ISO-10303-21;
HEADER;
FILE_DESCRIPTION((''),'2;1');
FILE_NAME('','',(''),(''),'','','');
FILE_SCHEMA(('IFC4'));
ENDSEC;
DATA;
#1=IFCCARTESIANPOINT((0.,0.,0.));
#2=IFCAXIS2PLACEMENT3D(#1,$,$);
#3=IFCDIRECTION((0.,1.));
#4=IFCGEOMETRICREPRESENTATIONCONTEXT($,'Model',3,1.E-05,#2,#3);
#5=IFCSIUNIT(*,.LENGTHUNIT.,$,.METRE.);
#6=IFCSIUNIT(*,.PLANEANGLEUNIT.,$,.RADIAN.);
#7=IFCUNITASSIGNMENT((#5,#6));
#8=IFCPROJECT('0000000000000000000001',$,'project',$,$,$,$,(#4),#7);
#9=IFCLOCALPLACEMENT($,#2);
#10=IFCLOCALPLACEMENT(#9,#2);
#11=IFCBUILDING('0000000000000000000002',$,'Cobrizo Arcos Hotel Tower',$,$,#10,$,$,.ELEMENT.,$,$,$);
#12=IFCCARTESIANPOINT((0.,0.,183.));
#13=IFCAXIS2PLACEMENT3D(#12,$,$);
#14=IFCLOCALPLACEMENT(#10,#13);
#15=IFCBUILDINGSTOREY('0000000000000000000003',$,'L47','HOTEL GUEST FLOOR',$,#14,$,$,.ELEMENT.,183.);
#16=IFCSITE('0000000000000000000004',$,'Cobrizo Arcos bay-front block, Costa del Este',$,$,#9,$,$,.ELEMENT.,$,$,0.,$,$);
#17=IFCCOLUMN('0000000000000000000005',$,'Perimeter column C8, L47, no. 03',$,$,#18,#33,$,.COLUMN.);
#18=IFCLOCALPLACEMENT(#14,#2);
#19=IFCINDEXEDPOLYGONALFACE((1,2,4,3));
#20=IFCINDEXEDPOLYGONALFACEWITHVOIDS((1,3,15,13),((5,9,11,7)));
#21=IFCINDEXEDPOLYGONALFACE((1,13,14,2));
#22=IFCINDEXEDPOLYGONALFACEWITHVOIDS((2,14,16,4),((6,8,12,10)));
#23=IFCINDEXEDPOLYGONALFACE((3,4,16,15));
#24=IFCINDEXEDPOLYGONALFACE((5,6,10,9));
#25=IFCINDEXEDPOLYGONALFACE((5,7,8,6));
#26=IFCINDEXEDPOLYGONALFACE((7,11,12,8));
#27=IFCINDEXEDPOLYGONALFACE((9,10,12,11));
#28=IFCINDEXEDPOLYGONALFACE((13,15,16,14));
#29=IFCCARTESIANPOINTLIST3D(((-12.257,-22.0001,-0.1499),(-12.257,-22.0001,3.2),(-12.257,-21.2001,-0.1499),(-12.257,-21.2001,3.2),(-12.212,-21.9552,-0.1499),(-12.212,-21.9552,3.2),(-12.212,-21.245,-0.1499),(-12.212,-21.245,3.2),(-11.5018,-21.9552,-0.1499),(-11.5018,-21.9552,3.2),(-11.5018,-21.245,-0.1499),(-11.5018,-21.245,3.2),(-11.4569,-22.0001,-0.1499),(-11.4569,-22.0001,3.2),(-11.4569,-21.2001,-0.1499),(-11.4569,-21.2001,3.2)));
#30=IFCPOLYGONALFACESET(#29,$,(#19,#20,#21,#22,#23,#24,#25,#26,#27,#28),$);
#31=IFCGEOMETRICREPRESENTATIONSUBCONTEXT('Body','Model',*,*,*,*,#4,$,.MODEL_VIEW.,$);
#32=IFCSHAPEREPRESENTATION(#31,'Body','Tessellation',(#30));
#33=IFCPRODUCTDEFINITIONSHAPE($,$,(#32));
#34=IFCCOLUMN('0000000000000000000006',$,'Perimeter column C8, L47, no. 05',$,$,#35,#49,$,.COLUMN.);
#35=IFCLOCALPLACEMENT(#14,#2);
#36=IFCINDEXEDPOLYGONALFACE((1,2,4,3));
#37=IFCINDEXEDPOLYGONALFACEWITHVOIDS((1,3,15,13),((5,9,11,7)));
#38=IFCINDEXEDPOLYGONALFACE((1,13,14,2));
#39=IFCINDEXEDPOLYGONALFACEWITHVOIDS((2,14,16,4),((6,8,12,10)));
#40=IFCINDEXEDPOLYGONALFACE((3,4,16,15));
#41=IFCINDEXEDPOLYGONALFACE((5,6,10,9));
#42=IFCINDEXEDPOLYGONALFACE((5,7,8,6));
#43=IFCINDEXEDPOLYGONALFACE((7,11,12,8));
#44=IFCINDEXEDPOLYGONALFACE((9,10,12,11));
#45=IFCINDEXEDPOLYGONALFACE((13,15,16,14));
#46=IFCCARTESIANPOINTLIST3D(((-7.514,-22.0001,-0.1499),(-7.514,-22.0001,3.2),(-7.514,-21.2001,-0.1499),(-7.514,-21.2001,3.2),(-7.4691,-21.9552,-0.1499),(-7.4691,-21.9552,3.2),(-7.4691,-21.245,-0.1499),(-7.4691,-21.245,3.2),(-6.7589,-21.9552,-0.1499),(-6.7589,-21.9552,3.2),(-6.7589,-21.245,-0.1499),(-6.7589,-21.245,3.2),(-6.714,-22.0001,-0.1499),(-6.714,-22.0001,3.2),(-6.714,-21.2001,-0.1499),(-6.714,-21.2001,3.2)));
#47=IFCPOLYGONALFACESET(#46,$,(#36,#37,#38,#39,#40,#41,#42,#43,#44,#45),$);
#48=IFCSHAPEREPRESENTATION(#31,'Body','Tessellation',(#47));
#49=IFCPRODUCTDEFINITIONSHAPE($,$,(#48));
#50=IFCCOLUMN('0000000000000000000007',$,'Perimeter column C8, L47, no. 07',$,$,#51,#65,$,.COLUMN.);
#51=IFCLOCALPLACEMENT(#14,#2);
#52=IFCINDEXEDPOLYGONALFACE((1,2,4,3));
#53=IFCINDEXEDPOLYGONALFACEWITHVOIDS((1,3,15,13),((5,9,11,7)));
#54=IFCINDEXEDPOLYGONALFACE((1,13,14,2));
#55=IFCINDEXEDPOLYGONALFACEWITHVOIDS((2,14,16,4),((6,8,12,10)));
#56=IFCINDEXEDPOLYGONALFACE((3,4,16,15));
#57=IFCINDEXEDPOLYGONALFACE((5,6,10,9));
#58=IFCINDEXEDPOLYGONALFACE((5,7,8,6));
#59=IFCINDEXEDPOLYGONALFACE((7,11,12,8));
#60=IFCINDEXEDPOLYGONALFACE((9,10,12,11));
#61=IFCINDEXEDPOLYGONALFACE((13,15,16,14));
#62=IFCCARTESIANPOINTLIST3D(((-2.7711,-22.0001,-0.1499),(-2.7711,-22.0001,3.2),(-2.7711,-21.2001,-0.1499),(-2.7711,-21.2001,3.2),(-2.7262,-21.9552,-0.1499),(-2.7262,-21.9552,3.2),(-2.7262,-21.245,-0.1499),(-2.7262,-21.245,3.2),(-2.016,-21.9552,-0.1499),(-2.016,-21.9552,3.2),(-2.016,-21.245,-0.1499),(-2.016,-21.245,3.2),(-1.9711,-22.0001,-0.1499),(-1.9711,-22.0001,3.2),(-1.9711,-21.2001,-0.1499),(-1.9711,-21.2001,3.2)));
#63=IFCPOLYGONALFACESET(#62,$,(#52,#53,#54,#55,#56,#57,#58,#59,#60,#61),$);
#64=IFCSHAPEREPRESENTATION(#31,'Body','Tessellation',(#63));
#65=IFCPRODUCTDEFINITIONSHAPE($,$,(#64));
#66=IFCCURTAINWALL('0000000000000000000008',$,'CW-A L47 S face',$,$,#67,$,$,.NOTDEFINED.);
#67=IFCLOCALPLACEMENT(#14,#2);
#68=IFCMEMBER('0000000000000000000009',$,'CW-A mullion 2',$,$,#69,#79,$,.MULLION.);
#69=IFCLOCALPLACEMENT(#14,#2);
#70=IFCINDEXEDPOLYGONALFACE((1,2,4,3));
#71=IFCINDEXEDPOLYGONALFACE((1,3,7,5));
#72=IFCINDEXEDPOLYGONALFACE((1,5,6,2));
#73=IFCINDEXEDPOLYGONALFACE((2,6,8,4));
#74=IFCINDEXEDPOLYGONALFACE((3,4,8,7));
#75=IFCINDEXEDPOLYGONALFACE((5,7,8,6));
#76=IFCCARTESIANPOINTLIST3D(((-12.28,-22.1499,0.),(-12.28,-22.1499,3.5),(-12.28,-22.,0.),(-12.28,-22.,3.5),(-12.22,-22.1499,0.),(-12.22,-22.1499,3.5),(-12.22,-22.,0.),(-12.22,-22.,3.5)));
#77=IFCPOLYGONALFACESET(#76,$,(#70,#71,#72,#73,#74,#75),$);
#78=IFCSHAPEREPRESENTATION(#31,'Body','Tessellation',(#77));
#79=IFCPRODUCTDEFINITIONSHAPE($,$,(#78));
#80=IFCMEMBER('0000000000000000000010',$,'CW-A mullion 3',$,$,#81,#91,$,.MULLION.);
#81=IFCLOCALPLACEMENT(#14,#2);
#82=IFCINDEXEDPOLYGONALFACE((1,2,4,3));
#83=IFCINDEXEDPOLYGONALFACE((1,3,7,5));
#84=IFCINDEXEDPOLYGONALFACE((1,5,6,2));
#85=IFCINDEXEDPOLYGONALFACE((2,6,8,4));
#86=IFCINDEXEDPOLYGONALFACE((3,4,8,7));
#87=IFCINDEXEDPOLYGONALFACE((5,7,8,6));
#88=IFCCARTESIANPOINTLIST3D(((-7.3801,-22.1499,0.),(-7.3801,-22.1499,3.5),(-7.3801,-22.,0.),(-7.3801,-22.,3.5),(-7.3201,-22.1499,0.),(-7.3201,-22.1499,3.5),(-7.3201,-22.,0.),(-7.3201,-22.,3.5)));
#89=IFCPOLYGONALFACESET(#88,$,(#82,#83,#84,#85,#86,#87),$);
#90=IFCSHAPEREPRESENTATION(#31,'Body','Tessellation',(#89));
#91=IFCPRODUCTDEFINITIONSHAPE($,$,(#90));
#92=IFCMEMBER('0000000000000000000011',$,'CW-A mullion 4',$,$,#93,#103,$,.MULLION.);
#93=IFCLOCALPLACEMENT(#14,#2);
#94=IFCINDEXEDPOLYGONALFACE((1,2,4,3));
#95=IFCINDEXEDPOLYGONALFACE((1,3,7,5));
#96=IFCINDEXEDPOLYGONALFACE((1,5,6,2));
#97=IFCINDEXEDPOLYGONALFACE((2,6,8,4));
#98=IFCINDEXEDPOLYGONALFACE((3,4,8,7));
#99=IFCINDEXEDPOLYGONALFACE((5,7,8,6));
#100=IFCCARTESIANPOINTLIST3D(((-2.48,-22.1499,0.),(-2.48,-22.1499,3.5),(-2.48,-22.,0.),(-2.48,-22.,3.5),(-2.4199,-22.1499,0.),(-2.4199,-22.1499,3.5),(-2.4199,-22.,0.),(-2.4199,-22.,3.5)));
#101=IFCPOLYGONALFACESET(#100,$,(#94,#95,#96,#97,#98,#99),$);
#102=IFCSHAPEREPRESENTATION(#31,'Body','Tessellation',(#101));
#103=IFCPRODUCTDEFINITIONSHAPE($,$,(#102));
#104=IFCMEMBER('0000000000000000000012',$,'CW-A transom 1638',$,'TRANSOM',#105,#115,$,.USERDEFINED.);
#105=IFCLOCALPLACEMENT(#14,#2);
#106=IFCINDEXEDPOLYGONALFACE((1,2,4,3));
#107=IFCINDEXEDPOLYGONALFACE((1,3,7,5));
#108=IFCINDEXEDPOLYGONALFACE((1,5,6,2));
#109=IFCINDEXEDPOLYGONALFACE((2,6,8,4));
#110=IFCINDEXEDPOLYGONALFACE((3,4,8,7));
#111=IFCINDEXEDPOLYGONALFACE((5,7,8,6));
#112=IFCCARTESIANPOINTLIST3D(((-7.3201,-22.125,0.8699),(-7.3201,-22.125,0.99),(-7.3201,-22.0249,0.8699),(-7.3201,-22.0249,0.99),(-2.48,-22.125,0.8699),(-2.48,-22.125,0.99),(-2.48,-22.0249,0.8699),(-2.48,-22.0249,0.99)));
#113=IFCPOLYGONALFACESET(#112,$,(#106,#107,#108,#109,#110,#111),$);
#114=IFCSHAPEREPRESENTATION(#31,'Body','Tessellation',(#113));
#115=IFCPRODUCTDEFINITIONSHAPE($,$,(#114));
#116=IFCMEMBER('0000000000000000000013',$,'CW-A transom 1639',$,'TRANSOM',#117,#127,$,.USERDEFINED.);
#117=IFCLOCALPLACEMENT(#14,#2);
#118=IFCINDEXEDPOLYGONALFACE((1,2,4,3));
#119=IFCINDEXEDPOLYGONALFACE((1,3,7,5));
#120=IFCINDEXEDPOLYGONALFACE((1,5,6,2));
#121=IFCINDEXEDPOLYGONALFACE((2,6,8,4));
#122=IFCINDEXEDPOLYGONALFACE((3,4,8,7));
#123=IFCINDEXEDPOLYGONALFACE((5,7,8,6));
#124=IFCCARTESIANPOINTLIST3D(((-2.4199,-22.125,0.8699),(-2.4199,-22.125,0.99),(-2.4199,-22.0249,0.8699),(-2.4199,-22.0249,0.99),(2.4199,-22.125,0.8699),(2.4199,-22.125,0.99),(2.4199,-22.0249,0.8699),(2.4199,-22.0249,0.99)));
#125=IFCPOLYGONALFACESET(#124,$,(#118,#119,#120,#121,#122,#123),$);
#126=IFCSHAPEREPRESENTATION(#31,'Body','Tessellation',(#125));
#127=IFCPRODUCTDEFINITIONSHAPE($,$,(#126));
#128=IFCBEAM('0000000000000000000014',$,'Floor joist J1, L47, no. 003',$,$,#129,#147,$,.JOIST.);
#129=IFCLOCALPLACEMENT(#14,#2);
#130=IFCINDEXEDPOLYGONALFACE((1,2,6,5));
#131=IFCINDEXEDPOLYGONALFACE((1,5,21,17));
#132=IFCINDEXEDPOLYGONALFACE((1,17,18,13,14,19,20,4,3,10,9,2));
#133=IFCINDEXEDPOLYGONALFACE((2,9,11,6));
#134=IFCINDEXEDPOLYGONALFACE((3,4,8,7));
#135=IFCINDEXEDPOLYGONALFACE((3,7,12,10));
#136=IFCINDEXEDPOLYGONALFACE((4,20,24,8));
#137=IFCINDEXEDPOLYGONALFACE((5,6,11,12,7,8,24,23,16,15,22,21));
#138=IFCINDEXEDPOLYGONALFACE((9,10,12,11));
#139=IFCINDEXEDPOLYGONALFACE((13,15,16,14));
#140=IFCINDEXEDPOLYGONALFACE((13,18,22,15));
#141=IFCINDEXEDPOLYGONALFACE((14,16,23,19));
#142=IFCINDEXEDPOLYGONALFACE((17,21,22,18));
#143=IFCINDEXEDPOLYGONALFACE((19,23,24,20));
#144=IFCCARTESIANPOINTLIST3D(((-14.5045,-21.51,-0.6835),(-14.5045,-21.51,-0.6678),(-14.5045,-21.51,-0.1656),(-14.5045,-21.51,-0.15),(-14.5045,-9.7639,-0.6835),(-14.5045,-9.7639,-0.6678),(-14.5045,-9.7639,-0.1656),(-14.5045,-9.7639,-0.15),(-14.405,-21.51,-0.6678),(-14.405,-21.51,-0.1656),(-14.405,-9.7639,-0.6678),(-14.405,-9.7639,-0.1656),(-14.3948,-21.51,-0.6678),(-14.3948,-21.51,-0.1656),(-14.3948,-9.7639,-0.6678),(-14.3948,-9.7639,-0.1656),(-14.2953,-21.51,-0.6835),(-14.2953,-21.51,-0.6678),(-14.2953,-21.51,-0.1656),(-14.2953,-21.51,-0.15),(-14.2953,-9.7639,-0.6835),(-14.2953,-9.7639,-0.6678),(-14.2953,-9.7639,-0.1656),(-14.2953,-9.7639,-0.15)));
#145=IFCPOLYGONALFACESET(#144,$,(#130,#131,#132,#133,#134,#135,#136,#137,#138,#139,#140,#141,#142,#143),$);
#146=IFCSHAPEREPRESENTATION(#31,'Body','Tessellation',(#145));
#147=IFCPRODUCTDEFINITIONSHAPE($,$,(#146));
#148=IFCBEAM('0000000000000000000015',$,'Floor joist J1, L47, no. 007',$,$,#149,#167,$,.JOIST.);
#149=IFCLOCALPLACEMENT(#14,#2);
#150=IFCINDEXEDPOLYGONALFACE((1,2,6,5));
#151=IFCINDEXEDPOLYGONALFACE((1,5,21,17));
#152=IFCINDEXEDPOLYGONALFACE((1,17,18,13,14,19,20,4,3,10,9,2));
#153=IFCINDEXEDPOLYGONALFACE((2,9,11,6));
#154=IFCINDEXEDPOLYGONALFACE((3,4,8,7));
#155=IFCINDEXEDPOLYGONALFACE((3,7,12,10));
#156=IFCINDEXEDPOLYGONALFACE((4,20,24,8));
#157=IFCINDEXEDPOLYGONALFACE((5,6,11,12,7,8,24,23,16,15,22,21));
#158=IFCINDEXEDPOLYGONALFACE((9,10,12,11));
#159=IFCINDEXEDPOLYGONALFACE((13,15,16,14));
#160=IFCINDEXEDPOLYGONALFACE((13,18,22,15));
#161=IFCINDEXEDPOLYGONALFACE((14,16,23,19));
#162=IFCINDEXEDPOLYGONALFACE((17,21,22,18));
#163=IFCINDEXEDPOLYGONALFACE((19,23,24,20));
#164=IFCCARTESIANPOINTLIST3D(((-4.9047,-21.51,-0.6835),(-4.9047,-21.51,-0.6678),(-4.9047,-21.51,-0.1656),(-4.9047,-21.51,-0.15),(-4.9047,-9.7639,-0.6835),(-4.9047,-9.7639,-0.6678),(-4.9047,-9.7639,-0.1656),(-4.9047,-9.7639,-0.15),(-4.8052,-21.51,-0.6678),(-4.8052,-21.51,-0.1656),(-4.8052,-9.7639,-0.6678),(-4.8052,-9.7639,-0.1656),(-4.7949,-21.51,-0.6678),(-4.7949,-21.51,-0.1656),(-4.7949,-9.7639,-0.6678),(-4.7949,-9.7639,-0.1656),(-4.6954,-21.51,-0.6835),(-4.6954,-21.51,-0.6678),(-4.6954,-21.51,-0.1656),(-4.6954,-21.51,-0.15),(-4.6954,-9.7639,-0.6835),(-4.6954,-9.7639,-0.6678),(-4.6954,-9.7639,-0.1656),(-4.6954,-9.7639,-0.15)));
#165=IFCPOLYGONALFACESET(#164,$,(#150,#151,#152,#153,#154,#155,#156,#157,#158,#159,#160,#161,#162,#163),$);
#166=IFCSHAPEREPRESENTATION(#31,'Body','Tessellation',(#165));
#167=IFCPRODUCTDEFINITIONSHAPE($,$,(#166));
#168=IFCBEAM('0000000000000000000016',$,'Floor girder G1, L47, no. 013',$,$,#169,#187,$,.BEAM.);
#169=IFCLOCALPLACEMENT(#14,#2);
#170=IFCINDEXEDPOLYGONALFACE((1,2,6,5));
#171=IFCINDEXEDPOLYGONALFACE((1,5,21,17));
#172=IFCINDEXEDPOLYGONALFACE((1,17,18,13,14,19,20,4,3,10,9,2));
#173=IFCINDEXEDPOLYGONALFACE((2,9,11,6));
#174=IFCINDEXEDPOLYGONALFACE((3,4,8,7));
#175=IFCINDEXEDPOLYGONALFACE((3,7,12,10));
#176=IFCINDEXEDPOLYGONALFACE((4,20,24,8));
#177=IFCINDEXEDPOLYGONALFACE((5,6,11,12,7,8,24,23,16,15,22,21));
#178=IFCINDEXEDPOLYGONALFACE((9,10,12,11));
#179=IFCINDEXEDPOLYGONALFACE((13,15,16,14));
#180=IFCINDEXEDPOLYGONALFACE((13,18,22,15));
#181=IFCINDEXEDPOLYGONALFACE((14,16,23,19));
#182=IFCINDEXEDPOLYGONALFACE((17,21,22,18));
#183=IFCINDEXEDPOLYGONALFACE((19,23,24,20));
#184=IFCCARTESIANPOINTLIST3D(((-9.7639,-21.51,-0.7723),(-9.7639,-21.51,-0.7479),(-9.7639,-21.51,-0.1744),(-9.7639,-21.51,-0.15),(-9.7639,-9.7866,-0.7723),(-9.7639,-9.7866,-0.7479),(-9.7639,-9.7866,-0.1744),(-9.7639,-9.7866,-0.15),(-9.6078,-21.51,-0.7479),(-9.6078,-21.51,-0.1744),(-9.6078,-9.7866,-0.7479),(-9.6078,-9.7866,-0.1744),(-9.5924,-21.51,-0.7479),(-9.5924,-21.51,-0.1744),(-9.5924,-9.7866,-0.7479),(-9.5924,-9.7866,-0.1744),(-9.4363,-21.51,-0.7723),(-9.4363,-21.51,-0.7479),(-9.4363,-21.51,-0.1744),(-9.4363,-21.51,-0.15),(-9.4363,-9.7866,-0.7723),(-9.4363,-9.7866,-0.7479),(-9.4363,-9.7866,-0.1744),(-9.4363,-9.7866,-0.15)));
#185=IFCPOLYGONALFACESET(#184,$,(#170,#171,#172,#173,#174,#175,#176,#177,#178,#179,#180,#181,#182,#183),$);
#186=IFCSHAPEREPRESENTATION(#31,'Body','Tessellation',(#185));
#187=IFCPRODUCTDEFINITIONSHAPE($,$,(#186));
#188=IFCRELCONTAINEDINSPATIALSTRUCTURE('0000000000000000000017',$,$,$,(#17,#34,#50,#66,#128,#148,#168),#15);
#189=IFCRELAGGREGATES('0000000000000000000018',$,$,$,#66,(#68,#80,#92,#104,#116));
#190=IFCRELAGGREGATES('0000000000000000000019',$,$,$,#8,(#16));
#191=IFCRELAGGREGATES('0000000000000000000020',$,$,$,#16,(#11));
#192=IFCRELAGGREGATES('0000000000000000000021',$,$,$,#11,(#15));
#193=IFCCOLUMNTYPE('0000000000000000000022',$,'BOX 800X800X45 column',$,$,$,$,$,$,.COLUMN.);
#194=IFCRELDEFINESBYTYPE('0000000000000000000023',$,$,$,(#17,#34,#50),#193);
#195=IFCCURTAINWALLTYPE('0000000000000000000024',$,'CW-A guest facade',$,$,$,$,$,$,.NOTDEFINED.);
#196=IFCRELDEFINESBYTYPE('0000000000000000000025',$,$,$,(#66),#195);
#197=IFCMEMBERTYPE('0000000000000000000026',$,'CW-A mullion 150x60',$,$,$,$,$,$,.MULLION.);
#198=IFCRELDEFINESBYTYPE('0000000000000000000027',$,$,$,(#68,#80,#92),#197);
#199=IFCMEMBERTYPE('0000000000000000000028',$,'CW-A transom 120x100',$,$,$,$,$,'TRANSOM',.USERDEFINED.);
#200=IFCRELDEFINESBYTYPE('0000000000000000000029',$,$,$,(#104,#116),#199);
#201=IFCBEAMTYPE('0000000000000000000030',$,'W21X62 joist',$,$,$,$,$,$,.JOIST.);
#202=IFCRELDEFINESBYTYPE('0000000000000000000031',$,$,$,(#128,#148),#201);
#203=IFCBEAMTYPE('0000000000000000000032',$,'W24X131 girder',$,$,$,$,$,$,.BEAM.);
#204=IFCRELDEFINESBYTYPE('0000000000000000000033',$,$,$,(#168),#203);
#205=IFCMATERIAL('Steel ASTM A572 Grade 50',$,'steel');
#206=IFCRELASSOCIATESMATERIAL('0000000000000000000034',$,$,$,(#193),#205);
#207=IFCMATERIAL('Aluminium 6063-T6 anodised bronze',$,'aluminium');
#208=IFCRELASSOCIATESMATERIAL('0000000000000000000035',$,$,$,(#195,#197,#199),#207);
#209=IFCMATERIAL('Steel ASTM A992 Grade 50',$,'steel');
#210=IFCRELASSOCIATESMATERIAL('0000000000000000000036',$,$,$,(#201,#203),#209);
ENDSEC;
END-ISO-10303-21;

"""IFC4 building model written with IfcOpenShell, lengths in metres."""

from ifc_helpers import new_model, si_unit, direction, frame, origin, origin_2d, place, context, subcontext, project, spatial, rectangle, hollow_rectangle, i_section, extrude, material, material_profile, profile_set, type_object, element, aggregate, save


model = new_model("IFC4")

# Units and contexts
model_context = context("Model", 3, precision=1e-05, world=origin(), true_north=direction((0.0, 1.0)))
body_context = subcontext(model_context, "Body", "Model", "MODEL_VIEW")
ifc_project = project(units=[si_unit("LENGTHUNIT", "METRE"), si_unit("PLANEANGLEUNIT", "RADIAN")], contexts=[model_context])

# Site, building, storey
site_placement = place(None, origin())
site = spatial("IfcSite", under=ifc_project, at=site_placement, Name="Cobrizo Arcos bay-front block, Costa del Este", CompositionType="ELEMENT", RefElevation=0.0)
building_placement = place(site_placement, origin())
building = spatial("IfcBuilding", under=site, at=building_placement, Name="Cobrizo Arcos Hotel Tower", CompositionType="ELEMENT")
storey_placement = place(building_placement, frame((0.0, 0.0, 183.0)))
storey = spatial("IfcBuildingStorey", under=building, at=storey_placement, Name="L47", Description="HOTEL GUEST FLOOR", CompositionType="ELEMENT", Elevation=183.0)

# Columns
ifc_material_1 = material(Name="Steel ASTM A572 Grade 50", Category="steel")
ifc_material_profile_1 = material_profile(ifc_material_1, hollow_rectangle(XDim=0.8, YDim=0.8, WallThickness=0.0449, at=origin_2d()), Name="BOX 800X800X45")
ifc_profile_set_1 = profile_set([ifc_material_profile_1], Name="Steel ASTM A572 Grade 50")
column_type = type_object("IfcColumnType", Name="BOX 800X800X45 column", PredefinedType="COLUMN", material=ifc_profile_set_1)
for number, where, z_axis, x_axis, name in (
    (1, (-11.8569, -21.6001, -0.1499), (0.0, 0.0, 1.0), (1.0, 0.0, 0.0), "Perimeter column C8, L47, no. 03"),
    (2, (-7.114, -21.6001, -0.1499), (0.0, 0.0, 1.0), (1.0, 0.0, 0.0), "Perimeter column C8, L47, no. 05"),
    (3, (-2.3711, -21.6001, -0.1499), (0.0, 0.0, 1.0), (1.0, 0.0, 0.0), "Perimeter column C8, L47, no. 07"),
):
    element("IfcColumn", number, at=place(storey_placement, frame(where, z_axis=z_axis, x_axis=x_axis)), inside=storey, type_object=column_type, Name=name, PredefinedType="COLUMN", context=body_context, shape_type="SweptSolid", body=[
        extrude(hollow_rectangle(XDim=0.8, YDim=0.8, WallThickness=0.0449, at=origin_2d()), origin(), (0.0, 0.0, 1.0), 3.3499),
    ])

# Curtain wall, members
ifc_material_2 = material(Name="Aluminium 6063-T6 anodised bronze", Category="aluminium")
curtain_wall_type = type_object("IfcCurtainWallType", Name="CW-A guest facade", PredefinedType="NOTDEFINED", material=ifc_material_2)
curtain_wall_placement = place(storey_placement, origin())
curtain_wall = element("IfcCurtainWall", 4, at=curtain_wall_placement, inside=storey, type_object=curtain_wall_type, Name="CW-A L47 S face", PredefinedType="NOTDEFINED")
ifc_material_profile_2 = material_profile(ifc_material_2, rectangle(XDim=0.1499, YDim=0.0601, at=origin_2d()), Name="CW-A mullion 150x60")
ifc_profile_set_2 = profile_set([ifc_material_profile_2], Name="Aluminium 6063-T6 anodised bronze")
member_type_1 = type_object("IfcMemberType", Name="CW-A mullion 150x60", PredefinedType="MULLION", material=ifc_profile_set_2)
member_1_placement = place(storey_placement, frame((-12.25, -22.075, 0.0), z_axis=(0.0, 0.0, 1.0), x_axis=(0.0, -1.0, 0.0)))
member_1 = element("IfcMember", 5, at=member_1_placement, type_object=member_type_1, Name="CW-A mullion 2", PredefinedType="MULLION", context=body_context, shape_type="SweptSolid", body=[
    extrude(rectangle(XDim=0.1499, YDim=0.0601, at=origin_2d()), origin(), (0.0, 0.0, 1.0), 3.5),
])
member_2_placement = place(storey_placement, frame((-7.3501, -22.075, 0.0), z_axis=(0.0, 0.0, 1.0), x_axis=(0.0, -1.0, 0.0)))
member_2 = element("IfcMember", 6, at=member_2_placement, type_object=member_type_1, Name="CW-A mullion 3", PredefinedType="MULLION", context=body_context, shape_type="SweptSolid", body=[
    extrude(rectangle(XDim=0.1499, YDim=0.0601, at=origin_2d()), origin(), (0.0, 0.0, 1.0), 3.5),
])
member_3_placement = place(storey_placement, frame((-2.45, -22.075, 0.0), z_axis=(0.0, 0.0, 1.0), x_axis=(0.0, -1.0, 0.0)))
member_3 = element("IfcMember", 7, at=member_3_placement, type_object=member_type_1, Name="CW-A mullion 4", PredefinedType="MULLION", context=body_context, shape_type="SweptSolid", body=[
    extrude(rectangle(XDim=0.1499, YDim=0.0601, at=origin_2d()), origin(), (0.0, 0.0, 1.0), 3.5),
])
ifc_material_profile_3 = material_profile(ifc_material_2, rectangle(XDim=0.1001, YDim=0.1201, at=origin_2d()), Name="CW-A transom 120x100")
ifc_profile_set_3 = profile_set([ifc_material_profile_3], Name="Aluminium 6063-T6 anodised bronze")
member_type_2 = type_object("IfcMemberType", Name="CW-A transom 120x100", ElementType="TRANSOM", PredefinedType="USERDEFINED", material=ifc_profile_set_3)
member_4_placement = place(storey_placement, frame((-7.3201, -22.075, 0.9299), z_axis=(1.0, 0.0, 0.0), x_axis=(0.0, 1.0, 0.0)))
member_4 = element("IfcMember", 8, at=member_4_placement, type_object=member_type_2, Name="CW-A transom 1638", ObjectType="TRANSOM", PredefinedType="USERDEFINED", context=body_context, shape_type="SweptSolid", body=[
    extrude(rectangle(XDim=0.1001, YDim=0.1201, at=origin_2d()), origin(), (0.0, 0.0, 1.0), 4.8401),
])
member_5_placement = place(storey_placement, frame((-2.4199, -22.075, 0.9299), z_axis=(1.0, 0.0, 0.0), x_axis=(0.0, 1.0, 0.0)))
member_5 = element("IfcMember", 9, at=member_5_placement, type_object=member_type_2, Name="CW-A transom 1639", ObjectType="TRANSOM", PredefinedType="USERDEFINED", context=body_context, shape_type="SweptSolid", body=[
    extrude(rectangle(XDim=0.1001, YDim=0.1201, at=origin_2d()), origin(), (0.0, 0.0, 1.0), 4.8398),
])

# Beams
ifc_material_3 = material(Name="Steel ASTM A992 Grade 50", Category="steel")
ifc_material_profile_4 = material_profile(ifc_material_3, i_section(OverallWidth=0.2092, OverallDepth=0.5334, WebThickness=0.0103, FlangeThickness=0.0156, at=origin_2d()), Name="W21X62")
ifc_profile_set_4 = profile_set([ifc_material_profile_4], Name="Steel ASTM A992 Grade 50")
beam_type_1 = type_object("IfcBeamType", Name="W21X62 joist", PredefinedType="JOIST", material=ifc_profile_set_4)
for number, where, z_axis, x_axis, name in (
    (10, (-14.3999, -21.51, -0.4167), (0.0, 1.0, 0.0), (-1.0, 0.0, 0.0), "Floor joist J1, L47, no. 003"),
    (11, (-4.8, -21.51, -0.4167), (0.0, 1.0, 0.0), (-1.0, 0.0, 0.0), "Floor joist J1, L47, no. 007"),
):
    element("IfcBeam", number, at=place(storey_placement, frame(where, z_axis=z_axis, x_axis=x_axis)), inside=storey, type_object=beam_type_1, Name=name, PredefinedType="JOIST", context=body_context, shape_type="SweptSolid", body=[
        extrude(i_section(OverallWidth=0.2092, OverallDepth=0.5334, WebThickness=0.0103, FlangeThickness=0.0156, at=origin_2d()), origin(), (0.0, 0.0, 1.0), 11.7461),
    ])
ifc_material_profile_5 = material_profile(ifc_material_3, i_section(OverallWidth=0.3276, OverallDepth=0.6223, WebThickness=0.0154, FlangeThickness=0.0244, at=origin_2d()), Name="W24X131")
ifc_profile_set_5 = profile_set([ifc_material_profile_5], Name="Steel ASTM A992 Grade 50")
beam_type_2 = type_object("IfcBeamType", Name="W24X131 girder", PredefinedType="BEAM", material=ifc_profile_set_5)
for number, where, z_axis, x_axis, name in (
    (12, (-9.6001, -21.51, -0.4612), (0.0, 1.0, 0.0), (-1.0, 0.0, 0.0), "Floor girder G1, L47, no. 013"),
):
    element("IfcBeam", number, at=place(storey_placement, frame(where, z_axis=z_axis, x_axis=x_axis)), inside=storey, type_object=beam_type_2, Name=name, PredefinedType="BEAM", context=body_context, shape_type="SweptSolid", body=[
        extrude(i_section(OverallWidth=0.3276, OverallDepth=0.6223, WebThickness=0.0154, FlangeThickness=0.0244, at=origin_2d()), origin(), (0.0, 0.0, 1.0), 11.7234),
    ])

aggregate(curtain_wall, [member_1, member_2, member_3, member_4, member_5])

save(model, "model.ifc")
